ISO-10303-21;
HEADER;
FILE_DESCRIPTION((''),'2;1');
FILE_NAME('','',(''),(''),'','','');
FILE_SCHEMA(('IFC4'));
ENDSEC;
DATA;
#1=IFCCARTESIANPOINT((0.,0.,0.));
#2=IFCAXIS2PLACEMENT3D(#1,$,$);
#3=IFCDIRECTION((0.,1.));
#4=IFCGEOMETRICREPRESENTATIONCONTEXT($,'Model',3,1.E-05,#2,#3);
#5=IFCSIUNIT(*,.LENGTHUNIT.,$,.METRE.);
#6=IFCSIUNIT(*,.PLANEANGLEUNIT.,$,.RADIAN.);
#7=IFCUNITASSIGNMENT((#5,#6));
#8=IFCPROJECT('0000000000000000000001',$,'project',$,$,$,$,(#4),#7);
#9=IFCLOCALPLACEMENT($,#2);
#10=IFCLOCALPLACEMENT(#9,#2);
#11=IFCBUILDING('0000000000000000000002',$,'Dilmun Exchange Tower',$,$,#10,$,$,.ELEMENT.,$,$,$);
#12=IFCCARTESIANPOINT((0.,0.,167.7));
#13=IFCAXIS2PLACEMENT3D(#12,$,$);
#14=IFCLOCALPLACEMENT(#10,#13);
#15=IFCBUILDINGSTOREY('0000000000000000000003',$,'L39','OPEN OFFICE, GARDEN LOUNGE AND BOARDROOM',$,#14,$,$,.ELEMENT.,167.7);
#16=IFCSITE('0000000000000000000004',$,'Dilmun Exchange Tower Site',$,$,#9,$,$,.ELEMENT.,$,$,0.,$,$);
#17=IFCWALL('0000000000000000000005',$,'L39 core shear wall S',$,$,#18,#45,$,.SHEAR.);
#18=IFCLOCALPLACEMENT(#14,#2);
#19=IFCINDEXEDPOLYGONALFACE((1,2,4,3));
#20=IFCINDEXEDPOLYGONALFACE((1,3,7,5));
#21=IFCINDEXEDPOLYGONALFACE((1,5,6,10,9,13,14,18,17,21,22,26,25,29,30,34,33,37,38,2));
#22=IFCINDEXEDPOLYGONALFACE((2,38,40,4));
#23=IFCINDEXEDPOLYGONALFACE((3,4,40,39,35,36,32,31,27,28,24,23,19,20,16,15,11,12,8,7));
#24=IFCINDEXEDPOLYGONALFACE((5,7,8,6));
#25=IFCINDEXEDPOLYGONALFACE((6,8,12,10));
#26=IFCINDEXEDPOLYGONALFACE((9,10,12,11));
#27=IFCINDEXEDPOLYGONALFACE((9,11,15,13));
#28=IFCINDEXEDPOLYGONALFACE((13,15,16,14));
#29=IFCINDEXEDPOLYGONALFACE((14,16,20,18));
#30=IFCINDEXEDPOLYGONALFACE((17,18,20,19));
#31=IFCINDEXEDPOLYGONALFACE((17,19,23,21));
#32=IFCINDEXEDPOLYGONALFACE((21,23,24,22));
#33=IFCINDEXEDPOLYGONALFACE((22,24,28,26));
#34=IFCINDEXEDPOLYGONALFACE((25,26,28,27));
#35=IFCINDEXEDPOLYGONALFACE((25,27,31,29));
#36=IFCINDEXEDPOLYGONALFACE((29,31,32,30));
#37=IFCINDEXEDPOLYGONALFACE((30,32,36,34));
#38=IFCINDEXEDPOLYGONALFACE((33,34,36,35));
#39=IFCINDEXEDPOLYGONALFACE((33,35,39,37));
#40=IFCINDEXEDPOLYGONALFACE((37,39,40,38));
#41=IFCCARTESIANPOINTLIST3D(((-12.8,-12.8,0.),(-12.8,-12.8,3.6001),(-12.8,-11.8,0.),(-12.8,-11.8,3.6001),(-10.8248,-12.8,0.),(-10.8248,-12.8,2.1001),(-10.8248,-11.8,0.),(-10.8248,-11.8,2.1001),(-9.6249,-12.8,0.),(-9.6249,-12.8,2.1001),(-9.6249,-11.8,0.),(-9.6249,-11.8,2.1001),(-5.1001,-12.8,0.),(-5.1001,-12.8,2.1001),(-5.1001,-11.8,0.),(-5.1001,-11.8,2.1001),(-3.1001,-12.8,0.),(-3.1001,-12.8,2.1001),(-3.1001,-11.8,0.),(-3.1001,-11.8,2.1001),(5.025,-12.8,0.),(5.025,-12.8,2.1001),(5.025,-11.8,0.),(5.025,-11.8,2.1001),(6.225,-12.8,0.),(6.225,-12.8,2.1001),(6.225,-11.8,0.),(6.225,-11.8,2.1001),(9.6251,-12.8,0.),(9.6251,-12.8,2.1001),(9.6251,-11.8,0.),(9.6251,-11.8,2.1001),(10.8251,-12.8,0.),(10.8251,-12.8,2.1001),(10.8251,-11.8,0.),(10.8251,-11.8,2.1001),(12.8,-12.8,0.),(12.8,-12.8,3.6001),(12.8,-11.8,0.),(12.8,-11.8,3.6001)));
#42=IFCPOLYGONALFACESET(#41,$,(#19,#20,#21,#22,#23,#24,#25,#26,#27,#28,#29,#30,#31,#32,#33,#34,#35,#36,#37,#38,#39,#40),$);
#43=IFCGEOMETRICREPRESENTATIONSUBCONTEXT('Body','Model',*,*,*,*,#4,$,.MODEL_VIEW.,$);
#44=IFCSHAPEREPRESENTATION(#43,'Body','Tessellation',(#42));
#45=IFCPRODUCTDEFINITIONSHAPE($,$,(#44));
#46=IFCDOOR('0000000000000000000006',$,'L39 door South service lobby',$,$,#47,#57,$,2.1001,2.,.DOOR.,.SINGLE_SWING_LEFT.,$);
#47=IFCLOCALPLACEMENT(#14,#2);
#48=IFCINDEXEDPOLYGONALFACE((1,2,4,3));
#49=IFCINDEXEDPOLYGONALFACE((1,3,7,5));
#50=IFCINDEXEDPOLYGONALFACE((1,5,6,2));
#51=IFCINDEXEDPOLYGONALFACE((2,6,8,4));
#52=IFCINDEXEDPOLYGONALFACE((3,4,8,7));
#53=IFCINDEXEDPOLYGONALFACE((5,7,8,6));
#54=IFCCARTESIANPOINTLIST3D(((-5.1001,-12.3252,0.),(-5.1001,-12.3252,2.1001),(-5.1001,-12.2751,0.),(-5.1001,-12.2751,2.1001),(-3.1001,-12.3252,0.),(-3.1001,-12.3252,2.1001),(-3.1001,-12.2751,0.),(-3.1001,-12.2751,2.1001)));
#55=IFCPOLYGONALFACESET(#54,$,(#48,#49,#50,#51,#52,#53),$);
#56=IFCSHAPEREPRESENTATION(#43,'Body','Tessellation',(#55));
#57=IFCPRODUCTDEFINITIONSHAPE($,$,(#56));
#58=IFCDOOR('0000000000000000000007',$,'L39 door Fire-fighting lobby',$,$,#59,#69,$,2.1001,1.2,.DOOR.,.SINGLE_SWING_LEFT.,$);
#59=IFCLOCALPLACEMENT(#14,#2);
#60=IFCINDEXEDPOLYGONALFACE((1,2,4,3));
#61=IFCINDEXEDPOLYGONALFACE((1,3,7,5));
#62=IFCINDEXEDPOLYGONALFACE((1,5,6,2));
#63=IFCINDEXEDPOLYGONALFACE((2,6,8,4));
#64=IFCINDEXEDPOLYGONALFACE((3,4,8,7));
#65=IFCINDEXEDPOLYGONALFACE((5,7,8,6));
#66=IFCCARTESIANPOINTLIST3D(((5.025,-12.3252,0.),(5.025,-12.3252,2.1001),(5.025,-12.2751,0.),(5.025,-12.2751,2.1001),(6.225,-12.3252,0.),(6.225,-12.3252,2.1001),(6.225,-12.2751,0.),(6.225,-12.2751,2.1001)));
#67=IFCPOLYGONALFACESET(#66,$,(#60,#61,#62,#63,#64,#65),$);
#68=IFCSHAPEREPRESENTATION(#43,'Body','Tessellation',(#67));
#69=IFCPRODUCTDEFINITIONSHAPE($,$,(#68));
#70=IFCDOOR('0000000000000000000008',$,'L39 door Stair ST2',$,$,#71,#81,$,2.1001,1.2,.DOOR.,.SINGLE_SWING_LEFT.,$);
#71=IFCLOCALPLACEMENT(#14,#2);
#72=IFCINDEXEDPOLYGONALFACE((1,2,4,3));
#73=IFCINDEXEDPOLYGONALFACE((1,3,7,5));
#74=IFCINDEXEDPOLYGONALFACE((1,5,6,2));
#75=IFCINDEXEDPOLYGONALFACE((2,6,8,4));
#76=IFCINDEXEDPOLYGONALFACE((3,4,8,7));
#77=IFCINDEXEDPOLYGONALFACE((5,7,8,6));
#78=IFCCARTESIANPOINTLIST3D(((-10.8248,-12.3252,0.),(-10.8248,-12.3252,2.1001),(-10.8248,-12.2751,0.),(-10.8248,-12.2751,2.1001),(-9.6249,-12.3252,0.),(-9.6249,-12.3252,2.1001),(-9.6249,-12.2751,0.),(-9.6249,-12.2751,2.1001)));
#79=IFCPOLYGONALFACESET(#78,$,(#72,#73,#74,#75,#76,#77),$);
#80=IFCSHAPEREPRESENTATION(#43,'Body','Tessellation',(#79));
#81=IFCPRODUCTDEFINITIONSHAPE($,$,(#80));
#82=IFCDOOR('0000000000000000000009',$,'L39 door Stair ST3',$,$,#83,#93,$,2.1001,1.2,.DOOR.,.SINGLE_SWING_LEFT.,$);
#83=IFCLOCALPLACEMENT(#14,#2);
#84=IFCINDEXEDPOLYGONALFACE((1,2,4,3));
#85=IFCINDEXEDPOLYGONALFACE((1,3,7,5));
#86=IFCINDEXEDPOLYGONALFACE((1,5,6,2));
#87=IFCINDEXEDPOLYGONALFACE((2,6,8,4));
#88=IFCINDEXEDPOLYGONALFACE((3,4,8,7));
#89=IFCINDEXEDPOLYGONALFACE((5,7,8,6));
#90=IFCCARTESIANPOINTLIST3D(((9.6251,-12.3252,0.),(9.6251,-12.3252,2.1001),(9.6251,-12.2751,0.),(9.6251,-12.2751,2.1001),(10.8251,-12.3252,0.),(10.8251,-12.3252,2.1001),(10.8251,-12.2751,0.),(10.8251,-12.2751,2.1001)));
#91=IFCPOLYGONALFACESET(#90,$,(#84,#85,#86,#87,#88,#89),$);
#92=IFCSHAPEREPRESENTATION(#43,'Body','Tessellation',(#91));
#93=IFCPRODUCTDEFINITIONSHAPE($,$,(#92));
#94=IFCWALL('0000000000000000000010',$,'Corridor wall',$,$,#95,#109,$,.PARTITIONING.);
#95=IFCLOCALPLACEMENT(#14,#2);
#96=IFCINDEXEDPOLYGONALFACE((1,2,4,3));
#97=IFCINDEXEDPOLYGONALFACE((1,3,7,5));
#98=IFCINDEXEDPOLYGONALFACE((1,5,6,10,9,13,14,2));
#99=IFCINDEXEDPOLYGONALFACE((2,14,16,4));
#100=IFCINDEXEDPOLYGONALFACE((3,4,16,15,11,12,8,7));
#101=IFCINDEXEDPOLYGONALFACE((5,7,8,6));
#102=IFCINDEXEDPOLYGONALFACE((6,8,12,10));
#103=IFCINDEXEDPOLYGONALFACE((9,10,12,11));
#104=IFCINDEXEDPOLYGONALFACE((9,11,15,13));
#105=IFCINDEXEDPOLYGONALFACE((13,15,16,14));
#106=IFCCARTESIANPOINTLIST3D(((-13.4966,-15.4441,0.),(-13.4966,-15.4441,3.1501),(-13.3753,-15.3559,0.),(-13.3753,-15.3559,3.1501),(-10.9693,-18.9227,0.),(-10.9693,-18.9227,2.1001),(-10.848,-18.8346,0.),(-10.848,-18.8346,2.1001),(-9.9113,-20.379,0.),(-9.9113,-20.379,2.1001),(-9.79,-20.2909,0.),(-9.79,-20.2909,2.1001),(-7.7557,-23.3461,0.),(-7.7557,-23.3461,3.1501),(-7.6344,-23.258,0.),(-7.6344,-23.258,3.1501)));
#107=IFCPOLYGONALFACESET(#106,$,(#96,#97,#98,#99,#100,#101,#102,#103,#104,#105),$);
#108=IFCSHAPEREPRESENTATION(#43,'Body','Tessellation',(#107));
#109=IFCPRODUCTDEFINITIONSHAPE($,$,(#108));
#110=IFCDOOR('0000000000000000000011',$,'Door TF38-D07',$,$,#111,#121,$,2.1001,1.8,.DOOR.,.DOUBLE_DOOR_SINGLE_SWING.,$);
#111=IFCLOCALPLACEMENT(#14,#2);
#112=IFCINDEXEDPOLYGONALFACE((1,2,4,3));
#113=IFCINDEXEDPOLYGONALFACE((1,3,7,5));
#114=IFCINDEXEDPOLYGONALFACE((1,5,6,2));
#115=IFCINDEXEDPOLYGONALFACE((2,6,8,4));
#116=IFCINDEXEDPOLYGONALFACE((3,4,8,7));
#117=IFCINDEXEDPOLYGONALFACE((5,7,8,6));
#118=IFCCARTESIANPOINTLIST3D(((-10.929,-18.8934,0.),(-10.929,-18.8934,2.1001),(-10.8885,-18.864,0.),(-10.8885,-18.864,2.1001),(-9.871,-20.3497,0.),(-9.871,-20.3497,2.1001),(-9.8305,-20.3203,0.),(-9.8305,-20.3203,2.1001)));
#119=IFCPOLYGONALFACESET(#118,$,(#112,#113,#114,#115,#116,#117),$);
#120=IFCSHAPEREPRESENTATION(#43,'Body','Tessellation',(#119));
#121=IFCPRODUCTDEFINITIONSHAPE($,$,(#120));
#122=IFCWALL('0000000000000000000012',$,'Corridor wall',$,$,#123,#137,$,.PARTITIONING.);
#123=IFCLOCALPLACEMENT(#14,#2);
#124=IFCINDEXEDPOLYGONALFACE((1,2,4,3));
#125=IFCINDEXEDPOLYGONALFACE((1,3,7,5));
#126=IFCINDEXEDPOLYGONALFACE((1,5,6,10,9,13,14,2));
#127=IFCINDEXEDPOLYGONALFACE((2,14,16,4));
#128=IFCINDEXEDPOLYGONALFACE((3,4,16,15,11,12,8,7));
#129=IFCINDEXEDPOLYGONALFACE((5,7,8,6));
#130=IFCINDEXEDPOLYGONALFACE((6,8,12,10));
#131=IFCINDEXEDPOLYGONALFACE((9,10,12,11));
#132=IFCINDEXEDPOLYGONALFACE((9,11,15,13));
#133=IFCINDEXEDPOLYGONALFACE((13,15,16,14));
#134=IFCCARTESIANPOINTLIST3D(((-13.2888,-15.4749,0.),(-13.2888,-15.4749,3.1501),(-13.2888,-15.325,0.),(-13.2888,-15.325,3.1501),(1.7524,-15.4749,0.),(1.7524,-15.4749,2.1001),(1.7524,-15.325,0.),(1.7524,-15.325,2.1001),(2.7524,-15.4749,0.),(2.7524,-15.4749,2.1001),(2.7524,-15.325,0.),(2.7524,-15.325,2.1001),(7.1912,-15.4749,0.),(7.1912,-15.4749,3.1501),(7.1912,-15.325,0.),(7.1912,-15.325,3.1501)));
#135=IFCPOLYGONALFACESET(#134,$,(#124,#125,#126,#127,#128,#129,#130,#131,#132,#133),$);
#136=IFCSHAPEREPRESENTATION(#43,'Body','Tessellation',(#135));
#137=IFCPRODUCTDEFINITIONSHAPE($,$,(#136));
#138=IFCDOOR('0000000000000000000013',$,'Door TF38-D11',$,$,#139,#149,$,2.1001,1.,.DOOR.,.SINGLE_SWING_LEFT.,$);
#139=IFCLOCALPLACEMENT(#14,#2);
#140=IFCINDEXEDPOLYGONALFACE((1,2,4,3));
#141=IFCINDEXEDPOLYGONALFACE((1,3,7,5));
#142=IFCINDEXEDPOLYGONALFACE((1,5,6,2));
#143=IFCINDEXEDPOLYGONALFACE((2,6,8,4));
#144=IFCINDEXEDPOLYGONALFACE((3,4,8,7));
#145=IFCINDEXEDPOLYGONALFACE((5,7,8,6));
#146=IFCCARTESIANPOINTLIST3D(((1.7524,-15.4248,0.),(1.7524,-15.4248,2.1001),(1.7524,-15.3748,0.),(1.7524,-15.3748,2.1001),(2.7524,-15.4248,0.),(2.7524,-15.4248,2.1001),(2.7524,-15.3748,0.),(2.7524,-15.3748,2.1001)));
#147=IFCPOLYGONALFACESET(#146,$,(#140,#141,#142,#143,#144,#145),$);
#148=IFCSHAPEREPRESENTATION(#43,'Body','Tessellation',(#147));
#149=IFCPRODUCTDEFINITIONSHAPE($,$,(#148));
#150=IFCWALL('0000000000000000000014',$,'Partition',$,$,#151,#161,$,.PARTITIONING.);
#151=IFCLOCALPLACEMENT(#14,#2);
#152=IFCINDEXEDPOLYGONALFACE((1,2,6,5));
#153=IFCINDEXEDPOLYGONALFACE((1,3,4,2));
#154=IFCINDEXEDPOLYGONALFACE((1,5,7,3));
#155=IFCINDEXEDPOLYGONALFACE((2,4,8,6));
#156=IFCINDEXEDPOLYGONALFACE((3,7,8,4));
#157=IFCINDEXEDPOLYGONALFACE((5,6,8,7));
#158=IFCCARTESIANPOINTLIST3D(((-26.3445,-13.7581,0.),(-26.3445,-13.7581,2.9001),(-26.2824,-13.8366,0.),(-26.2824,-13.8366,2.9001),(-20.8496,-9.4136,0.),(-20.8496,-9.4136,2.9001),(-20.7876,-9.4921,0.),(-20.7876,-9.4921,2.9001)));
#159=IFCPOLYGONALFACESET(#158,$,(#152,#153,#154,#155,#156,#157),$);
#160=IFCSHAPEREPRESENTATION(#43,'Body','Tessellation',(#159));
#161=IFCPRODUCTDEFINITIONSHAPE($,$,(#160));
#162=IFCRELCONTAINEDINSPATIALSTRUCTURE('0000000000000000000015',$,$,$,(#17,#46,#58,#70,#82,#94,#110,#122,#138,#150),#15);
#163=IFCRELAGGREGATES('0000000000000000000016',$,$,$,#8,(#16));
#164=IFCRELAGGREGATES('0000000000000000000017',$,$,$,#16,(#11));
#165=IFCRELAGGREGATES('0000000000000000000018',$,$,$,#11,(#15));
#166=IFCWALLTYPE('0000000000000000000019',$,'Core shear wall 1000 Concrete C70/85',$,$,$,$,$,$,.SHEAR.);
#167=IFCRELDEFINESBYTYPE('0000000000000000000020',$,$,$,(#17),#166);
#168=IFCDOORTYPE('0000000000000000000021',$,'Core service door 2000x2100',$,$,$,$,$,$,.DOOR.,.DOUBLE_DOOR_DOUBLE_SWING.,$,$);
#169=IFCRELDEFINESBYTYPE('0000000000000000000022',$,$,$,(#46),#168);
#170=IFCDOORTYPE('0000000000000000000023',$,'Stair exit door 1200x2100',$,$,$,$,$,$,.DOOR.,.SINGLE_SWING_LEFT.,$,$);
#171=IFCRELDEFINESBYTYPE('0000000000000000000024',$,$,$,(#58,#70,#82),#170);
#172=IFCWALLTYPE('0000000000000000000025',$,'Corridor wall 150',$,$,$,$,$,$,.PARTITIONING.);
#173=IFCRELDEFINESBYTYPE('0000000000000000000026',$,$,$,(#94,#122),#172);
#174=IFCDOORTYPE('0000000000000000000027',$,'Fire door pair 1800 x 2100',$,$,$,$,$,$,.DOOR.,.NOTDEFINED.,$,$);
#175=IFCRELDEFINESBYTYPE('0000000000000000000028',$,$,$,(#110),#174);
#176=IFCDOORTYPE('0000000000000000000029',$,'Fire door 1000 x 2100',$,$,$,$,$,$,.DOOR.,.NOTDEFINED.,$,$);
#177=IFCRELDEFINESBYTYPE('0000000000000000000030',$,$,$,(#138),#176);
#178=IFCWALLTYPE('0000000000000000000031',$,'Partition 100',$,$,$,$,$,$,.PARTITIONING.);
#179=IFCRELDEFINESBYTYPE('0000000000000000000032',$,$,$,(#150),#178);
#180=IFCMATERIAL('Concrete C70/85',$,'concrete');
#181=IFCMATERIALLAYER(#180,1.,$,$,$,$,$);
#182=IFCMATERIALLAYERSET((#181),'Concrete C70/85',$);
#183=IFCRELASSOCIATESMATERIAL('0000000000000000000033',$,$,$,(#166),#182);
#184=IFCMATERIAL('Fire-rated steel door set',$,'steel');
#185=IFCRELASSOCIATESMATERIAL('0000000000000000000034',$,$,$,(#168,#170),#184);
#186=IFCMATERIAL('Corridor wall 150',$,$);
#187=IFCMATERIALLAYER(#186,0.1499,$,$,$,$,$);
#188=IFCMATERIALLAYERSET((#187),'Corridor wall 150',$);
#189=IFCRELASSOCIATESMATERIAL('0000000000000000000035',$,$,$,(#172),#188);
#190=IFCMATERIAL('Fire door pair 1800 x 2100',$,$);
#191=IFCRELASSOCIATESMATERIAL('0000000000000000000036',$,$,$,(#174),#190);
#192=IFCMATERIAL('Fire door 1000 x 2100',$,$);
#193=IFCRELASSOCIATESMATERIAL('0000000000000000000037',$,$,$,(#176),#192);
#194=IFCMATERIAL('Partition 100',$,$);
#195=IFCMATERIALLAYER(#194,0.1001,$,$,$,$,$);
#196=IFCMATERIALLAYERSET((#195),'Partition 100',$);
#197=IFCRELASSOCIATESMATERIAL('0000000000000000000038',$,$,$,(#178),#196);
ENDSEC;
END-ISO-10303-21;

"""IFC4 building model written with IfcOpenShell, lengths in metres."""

from ifc_helpers import new_model, si_unit, direction, frame, frame_2d, origin, place, context, subcontext, project, spatial, rectangle, extrude, material, layer, layer_set, type_object, element, fill, save


model = new_model("IFC4")

# Units and contexts
model_context = context("Model", 3, precision=1e-05, world=origin(), true_north=direction((0.0, 1.0)))
body_context = subcontext(model_context, "Body", "Model", "MODEL_VIEW")
ifc_project = project(units=[si_unit("LENGTHUNIT", "METRE"), si_unit("PLANEANGLEUNIT", "RADIAN")], contexts=[model_context])

# Site, building, storey
site_placement = place(None, origin())
site = spatial("IfcSite", under=ifc_project, at=site_placement, Name="Dilmun Exchange Tower Site", CompositionType="ELEMENT", RefElevation=0.0)
building_placement = place(site_placement, origin())
building = spatial("IfcBuilding", under=site, at=building_placement, Name="Dilmun Exchange Tower", CompositionType="ELEMENT")
storey_placement = place(building_placement, frame((0.0, 0.0, 167.7)))
storey = spatial("IfcBuildingStorey", under=building, at=storey_placement, Name="L39", Description="OPEN OFFICE, GARDEN LOUNGE AND BOARDROOM", CompositionType="ELEMENT", Elevation=167.7)

# Wall, openings, doors
ifc_material_1 = material(Name="Concrete C70/85", Category="concrete")
ifc_layer_1 = layer(ifc_material_1, 1.0)
ifc_layer_set_1 = layer_set([ifc_layer_1], Name="Concrete C70/85")
wall_type_1 = type_object("IfcWallType", Name="Core shear wall 1000 Concrete C70/85", PredefinedType="SHEAR", material=ifc_layer_set_1)
wall_1_placement = place(storey_placement, frame((-12.8, -12.3, 0.0), z_axis=(0.0, 0.0, 1.0), x_axis=(1.0, 0.0, 0.0)))
wall_1 = element("IfcWall", 1, at=wall_1_placement, inside=storey, type_object=wall_type_1, Name="L39 core shear wall S", PredefinedType="SHEAR", context=body_context, shape_type="SweptSolid", body=[
    extrude(rectangle(XDim=25.6001, YDim=1.0, at=frame_2d((12.8, 0.0))), origin(), (0.0, 0.0, 1.0), 3.6001),
])
opening_1_placement = place(wall_1_placement, frame((7.7, 0.0, 0.0)))
opening_1 = element("IfcOpeningElement", 2, at=opening_1_placement, cuts=wall_1, PredefinedType="OPENING", context=body_context, shape_type="SweptSolid", body=[
    extrude(rectangle(XDim=2.0, YDim=2.1001, at=frame_2d((1.0, 1.05))), frame((0.0, 0.51, 0.0), z_axis=(0.0, -1.0, 0.0), x_axis=(1.0, 0.0, 0.0)), (0.0, 0.0, 1.0), 1.02),
])
opening_2_placement = place(wall_1_placement, frame((17.825, 0.0, 0.0)))
opening_2 = element("IfcOpeningElement", 3, at=opening_2_placement, cuts=wall_1, PredefinedType="OPENING", context=body_context, shape_type="SweptSolid", body=[
    extrude(rectangle(XDim=1.2, YDim=2.1001, at=frame_2d((0.6001, 1.05))), frame((0.0, 0.51, 0.0), z_axis=(0.0, -1.0, 0.0), x_axis=(1.0, 0.0, 0.0)), (0.0, 0.0, 1.0), 1.02),
])
opening_3_placement = place(wall_1_placement, frame((1.9751, 0.0, 0.0)))
opening_3 = element("IfcOpeningElement", 4, at=opening_3_placement, cuts=wall_1, PredefinedType="OPENING", context=body_context, shape_type="SweptSolid", body=[
    extrude(rectangle(XDim=1.2, YDim=2.1001, at=frame_2d((0.6001, 1.05))), frame((0.0, 0.51, 0.0), z_axis=(0.0, -1.0, 0.0), x_axis=(1.0, 0.0, 0.0)), (0.0, 0.0, 1.0), 1.02),
])
opening_4_placement = place(wall_1_placement, frame((22.425, 0.0, 0.0)))
opening_4 = element("IfcOpeningElement", 5, at=opening_4_placement, cuts=wall_1, PredefinedType="OPENING", context=body_context, shape_type="SweptSolid", body=[
    extrude(rectangle(XDim=1.2, YDim=2.1001, at=frame_2d((0.6001, 1.05))), frame((0.0, 0.51, 0.0), z_axis=(0.0, -1.0, 0.0), x_axis=(1.0, 0.0, 0.0)), (0.0, 0.0, 1.0), 1.02),
])
ifc_material_2 = material(Name="Fire-rated steel door set", Category="steel")
door_type_1 = type_object("IfcDoorType", Name="Core service door 2000x2100", OperationType="DOUBLE_DOOR_DOUBLE_SWING", PredefinedType="DOOR", material=ifc_material_2)
door_1_placement = place(opening_1_placement, origin())
door_1 = element("IfcDoor", 6, at=door_1_placement, inside=storey, type_object=door_type_1, Name="L39 door South service lobby", OperationType="SINGLE_SWING_LEFT", OverallHeight=2.1001, OverallWidth=2.0, PredefinedType="DOOR", context=body_context, shape_type="SweptSolid", body=[
    extrude(rectangle(XDim=2.0, YDim=2.1001, at=frame_2d((1.0, 1.05))), frame((0.0, 0.0249, 0.0), z_axis=(0.0, -1.0, 0.0), x_axis=(1.0, 0.0, 0.0)), (0.0, 0.0, 1.0), 0.05),
])
fill(opening_1, door_1)
door_type_2 = type_object("IfcDoorType", Name="Stair exit door 1200x2100", OperationType="SINGLE_SWING_LEFT", PredefinedType="DOOR", material=ifc_material_2)
door_2_placement = place(opening_2_placement, origin())
door_2 = element("IfcDoor", 7, at=door_2_placement, inside=storey, type_object=door_type_2, Name="L39 door Fire-fighting lobby", OperationType="SINGLE_SWING_LEFT", OverallHeight=2.1001, OverallWidth=1.2, PredefinedType="DOOR", context=body_context, shape_type="SweptSolid", body=[
    extrude(rectangle(XDim=1.2, YDim=2.1001, at=frame_2d((0.6001, 1.05))), frame((0.0, 0.0249, 0.0), z_axis=(0.0, -1.0, 0.0), x_axis=(1.0, 0.0, 0.0)), (0.0, 0.0, 1.0), 0.05),
])
fill(opening_2, door_2)
door_3_placement = place(opening_3_placement, origin())
door_3 = element("IfcDoor", 8, at=door_3_placement, inside=storey, type_object=door_type_2, Name="L39 door Stair ST2", OperationType="SINGLE_SWING_LEFT", OverallHeight=2.1001, OverallWidth=1.2, PredefinedType="DOOR", context=body_context, shape_type="SweptSolid", body=[
    extrude(rectangle(XDim=1.2, YDim=2.1001, at=frame_2d((0.6001, 1.05))), frame((0.0, 0.0249, 0.0), z_axis=(0.0, -1.0, 0.0), x_axis=(1.0, 0.0, 0.0)), (0.0, 0.0, 1.0), 0.05),
])
fill(opening_3, door_3)
door_4_placement = place(opening_4_placement, origin())
door_4 = element("IfcDoor", 9, at=door_4_placement, inside=storey, type_object=door_type_2, Name="L39 door Stair ST3", OperationType="SINGLE_SWING_LEFT", OverallHeight=2.1001, OverallWidth=1.2, PredefinedType="DOOR", context=body_context, shape_type="SweptSolid", body=[
    extrude(rectangle(XDim=1.2, YDim=2.1001, at=frame_2d((0.6001, 1.05))), frame((0.0, 0.0249, 0.0), z_axis=(0.0, -1.0, 0.0), x_axis=(1.0, 0.0, 0.0)), (0.0, 0.0, 1.0), 0.05),
])
fill(opening_4, door_4)

# Walls, openings, doors
ifc_material_3 = material(Name="Corridor wall 150")
ifc_layer_2 = layer(ifc_material_3, 0.1499)
ifc_layer_set_2 = layer_set([ifc_layer_2], Name="Corridor wall 150")
wall_type_2 = type_object("IfcWallType", Name="Corridor wall 150", PredefinedType="PARTITIONING", material=ifc_layer_set_2)
wall_2_placement = place(storey_placement, frame((-13.436, -15.3999, 0.0), z_axis=(0.0, 0.0, 1.0), x_axis=(0.587769, -0.809029, 0.0)))
wall_2 = element("IfcWall", 10, at=wall_2_placement, inside=storey, type_object=wall_type_2, Name="Corridor wall", PredefinedType="PARTITIONING", context=body_context, shape_type="SweptSolid", body=[
    extrude(rectangle(XDim=9.7673, YDim=0.1499, at=frame_2d((4.8838, 0.0))), origin(), (0.0, 0.0, 1.0), 3.1501),
])
opening_5_placement = place(wall_2_placement, frame((4.3, 0.0, 0.0)))
opening_5 = element("IfcOpeningElement", 11, at=opening_5_placement, cuts=wall_2, PredefinedType="OPENING", context=body_context, shape_type="SweptSolid", body=[
    extrude(rectangle(XDim=1.8, YDim=2.1001, at=frame_2d((0.8999, 1.05))), frame((0.0, 0.085, 0.0), z_axis=(0.0, -1.0, 0.0), x_axis=(1.0, 0.0, 0.0)), (0.0, 0.0, 1.0), 0.1699),
])
ifc_material_4 = material(Name="Fire door pair 1800 x 2100")
door_type_3 = type_object("IfcDoorType", Name="Fire door pair 1800 x 2100", OperationType="NOTDEFINED", PredefinedType="DOOR", material=ifc_material_4)
door_5_placement = place(opening_5_placement, origin())
door_5 = element("IfcDoor", 12, at=door_5_placement, inside=storey, type_object=door_type_3, Name="Door TF38-D07", OperationType="DOUBLE_DOOR_SINGLE_SWING", OverallHeight=2.1001, OverallWidth=1.8, PredefinedType="DOOR", context=body_context, shape_type="SweptSolid", body=[
    extrude(rectangle(XDim=1.8, YDim=2.1001, at=frame_2d((0.8999, 1.05))), frame((0.0, 0.0249, 0.0), z_axis=(0.0, -1.0, 0.0), x_axis=(1.0, 0.0, 0.0)), (0.0, 0.0, 1.0), 0.05),
])
fill(opening_5, door_5)
wall_3_placement = place(storey_placement, frame((-13.2888, -15.3999, 0.0), z_axis=(0.0, 0.0, 1.0), x_axis=(1.0, 0.0, 0.0)))
wall_3 = element("IfcWall", 13, at=wall_3_placement, inside=storey, type_object=wall_type_2, Name="Corridor wall", PredefinedType="PARTITIONING", context=body_context, shape_type="SweptSolid", body=[
    extrude(rectangle(XDim=20.48, YDim=0.1499, at=frame_2d((10.24, 0.0))), origin(), (0.0, 0.0, 1.0), 3.1501),
])
opening_6_placement = place(wall_3_placement, frame((15.0413, 0.0, 0.0)))
opening_6 = element("IfcOpeningElement", 14, at=opening_6_placement, cuts=wall_3, PredefinedType="OPENING", context=body_context, shape_type="SweptSolid", body=[
    extrude(rectangle(XDim=1.0, YDim=2.1001, at=frame_2d((0.5, 1.05))), frame((0.0, 0.085, 0.0), z_axis=(0.0, -1.0, 0.0), x_axis=(1.0, 0.0, 0.0)), (0.0, 0.0, 1.0), 0.1699),
])
ifc_material_5 = material(Name="Fire door 1000 x 2100")
door_type_4 = type_object("IfcDoorType", Name="Fire door 1000 x 2100", OperationType="NOTDEFINED", PredefinedType="DOOR", material=ifc_material_5)
door_6_placement = place(opening_6_placement, frame((1.0, 0.0, 0.0), z_axis=(0.0, 0.0, 1.0), x_axis=(-1.0, 0.0, 0.0)))
door_6 = element("IfcDoor", 15, at=door_6_placement, inside=storey, type_object=door_type_4, Name="Door TF38-D11", OperationType="SINGLE_SWING_LEFT", OverallHeight=2.1001, OverallWidth=1.0, PredefinedType="DOOR", context=body_context, shape_type="SweptSolid", body=[
    extrude(rectangle(XDim=1.0, YDim=2.1001, at=frame_2d((0.5, 1.05))), frame((0.0, 0.0249, 0.0), z_axis=(0.0, -1.0, 0.0), x_axis=(1.0, 0.0, 0.0)), (0.0, 0.0, 1.0), 0.05),
])
fill(opening_6, door_6)

# Wall
ifc_material_6 = material(Name="Partition 100")
ifc_layer_3 = layer(ifc_material_6, 0.1001)
ifc_layer_set_3 = layer_set([ifc_layer_3], Name="Partition 100")
wall_type_3 = type_object("IfcWallType", Name="Partition 100", PredefinedType="PARTITIONING", material=ifc_layer_set_3)
wall_4_placement = place(storey_placement, frame((-26.3135, -13.7974, 0.0), z_axis=(0.0, 0.0, 1.0), x_axis=(0.784436, 0.620209, 0.0)))
element("IfcWall", 16, at=wall_4_placement, inside=storey, type_object=wall_type_3, Name="Partition", PredefinedType="PARTITIONING", context=body_context, shape_type="SweptSolid", body=[
    extrude(rectangle(XDim=7.0049, YDim=0.1001, at=frame_2d((3.5024, 0.0))), origin(), (0.0, 0.0, 1.0), 2.9001),
])

save(model, "model.ifc")
